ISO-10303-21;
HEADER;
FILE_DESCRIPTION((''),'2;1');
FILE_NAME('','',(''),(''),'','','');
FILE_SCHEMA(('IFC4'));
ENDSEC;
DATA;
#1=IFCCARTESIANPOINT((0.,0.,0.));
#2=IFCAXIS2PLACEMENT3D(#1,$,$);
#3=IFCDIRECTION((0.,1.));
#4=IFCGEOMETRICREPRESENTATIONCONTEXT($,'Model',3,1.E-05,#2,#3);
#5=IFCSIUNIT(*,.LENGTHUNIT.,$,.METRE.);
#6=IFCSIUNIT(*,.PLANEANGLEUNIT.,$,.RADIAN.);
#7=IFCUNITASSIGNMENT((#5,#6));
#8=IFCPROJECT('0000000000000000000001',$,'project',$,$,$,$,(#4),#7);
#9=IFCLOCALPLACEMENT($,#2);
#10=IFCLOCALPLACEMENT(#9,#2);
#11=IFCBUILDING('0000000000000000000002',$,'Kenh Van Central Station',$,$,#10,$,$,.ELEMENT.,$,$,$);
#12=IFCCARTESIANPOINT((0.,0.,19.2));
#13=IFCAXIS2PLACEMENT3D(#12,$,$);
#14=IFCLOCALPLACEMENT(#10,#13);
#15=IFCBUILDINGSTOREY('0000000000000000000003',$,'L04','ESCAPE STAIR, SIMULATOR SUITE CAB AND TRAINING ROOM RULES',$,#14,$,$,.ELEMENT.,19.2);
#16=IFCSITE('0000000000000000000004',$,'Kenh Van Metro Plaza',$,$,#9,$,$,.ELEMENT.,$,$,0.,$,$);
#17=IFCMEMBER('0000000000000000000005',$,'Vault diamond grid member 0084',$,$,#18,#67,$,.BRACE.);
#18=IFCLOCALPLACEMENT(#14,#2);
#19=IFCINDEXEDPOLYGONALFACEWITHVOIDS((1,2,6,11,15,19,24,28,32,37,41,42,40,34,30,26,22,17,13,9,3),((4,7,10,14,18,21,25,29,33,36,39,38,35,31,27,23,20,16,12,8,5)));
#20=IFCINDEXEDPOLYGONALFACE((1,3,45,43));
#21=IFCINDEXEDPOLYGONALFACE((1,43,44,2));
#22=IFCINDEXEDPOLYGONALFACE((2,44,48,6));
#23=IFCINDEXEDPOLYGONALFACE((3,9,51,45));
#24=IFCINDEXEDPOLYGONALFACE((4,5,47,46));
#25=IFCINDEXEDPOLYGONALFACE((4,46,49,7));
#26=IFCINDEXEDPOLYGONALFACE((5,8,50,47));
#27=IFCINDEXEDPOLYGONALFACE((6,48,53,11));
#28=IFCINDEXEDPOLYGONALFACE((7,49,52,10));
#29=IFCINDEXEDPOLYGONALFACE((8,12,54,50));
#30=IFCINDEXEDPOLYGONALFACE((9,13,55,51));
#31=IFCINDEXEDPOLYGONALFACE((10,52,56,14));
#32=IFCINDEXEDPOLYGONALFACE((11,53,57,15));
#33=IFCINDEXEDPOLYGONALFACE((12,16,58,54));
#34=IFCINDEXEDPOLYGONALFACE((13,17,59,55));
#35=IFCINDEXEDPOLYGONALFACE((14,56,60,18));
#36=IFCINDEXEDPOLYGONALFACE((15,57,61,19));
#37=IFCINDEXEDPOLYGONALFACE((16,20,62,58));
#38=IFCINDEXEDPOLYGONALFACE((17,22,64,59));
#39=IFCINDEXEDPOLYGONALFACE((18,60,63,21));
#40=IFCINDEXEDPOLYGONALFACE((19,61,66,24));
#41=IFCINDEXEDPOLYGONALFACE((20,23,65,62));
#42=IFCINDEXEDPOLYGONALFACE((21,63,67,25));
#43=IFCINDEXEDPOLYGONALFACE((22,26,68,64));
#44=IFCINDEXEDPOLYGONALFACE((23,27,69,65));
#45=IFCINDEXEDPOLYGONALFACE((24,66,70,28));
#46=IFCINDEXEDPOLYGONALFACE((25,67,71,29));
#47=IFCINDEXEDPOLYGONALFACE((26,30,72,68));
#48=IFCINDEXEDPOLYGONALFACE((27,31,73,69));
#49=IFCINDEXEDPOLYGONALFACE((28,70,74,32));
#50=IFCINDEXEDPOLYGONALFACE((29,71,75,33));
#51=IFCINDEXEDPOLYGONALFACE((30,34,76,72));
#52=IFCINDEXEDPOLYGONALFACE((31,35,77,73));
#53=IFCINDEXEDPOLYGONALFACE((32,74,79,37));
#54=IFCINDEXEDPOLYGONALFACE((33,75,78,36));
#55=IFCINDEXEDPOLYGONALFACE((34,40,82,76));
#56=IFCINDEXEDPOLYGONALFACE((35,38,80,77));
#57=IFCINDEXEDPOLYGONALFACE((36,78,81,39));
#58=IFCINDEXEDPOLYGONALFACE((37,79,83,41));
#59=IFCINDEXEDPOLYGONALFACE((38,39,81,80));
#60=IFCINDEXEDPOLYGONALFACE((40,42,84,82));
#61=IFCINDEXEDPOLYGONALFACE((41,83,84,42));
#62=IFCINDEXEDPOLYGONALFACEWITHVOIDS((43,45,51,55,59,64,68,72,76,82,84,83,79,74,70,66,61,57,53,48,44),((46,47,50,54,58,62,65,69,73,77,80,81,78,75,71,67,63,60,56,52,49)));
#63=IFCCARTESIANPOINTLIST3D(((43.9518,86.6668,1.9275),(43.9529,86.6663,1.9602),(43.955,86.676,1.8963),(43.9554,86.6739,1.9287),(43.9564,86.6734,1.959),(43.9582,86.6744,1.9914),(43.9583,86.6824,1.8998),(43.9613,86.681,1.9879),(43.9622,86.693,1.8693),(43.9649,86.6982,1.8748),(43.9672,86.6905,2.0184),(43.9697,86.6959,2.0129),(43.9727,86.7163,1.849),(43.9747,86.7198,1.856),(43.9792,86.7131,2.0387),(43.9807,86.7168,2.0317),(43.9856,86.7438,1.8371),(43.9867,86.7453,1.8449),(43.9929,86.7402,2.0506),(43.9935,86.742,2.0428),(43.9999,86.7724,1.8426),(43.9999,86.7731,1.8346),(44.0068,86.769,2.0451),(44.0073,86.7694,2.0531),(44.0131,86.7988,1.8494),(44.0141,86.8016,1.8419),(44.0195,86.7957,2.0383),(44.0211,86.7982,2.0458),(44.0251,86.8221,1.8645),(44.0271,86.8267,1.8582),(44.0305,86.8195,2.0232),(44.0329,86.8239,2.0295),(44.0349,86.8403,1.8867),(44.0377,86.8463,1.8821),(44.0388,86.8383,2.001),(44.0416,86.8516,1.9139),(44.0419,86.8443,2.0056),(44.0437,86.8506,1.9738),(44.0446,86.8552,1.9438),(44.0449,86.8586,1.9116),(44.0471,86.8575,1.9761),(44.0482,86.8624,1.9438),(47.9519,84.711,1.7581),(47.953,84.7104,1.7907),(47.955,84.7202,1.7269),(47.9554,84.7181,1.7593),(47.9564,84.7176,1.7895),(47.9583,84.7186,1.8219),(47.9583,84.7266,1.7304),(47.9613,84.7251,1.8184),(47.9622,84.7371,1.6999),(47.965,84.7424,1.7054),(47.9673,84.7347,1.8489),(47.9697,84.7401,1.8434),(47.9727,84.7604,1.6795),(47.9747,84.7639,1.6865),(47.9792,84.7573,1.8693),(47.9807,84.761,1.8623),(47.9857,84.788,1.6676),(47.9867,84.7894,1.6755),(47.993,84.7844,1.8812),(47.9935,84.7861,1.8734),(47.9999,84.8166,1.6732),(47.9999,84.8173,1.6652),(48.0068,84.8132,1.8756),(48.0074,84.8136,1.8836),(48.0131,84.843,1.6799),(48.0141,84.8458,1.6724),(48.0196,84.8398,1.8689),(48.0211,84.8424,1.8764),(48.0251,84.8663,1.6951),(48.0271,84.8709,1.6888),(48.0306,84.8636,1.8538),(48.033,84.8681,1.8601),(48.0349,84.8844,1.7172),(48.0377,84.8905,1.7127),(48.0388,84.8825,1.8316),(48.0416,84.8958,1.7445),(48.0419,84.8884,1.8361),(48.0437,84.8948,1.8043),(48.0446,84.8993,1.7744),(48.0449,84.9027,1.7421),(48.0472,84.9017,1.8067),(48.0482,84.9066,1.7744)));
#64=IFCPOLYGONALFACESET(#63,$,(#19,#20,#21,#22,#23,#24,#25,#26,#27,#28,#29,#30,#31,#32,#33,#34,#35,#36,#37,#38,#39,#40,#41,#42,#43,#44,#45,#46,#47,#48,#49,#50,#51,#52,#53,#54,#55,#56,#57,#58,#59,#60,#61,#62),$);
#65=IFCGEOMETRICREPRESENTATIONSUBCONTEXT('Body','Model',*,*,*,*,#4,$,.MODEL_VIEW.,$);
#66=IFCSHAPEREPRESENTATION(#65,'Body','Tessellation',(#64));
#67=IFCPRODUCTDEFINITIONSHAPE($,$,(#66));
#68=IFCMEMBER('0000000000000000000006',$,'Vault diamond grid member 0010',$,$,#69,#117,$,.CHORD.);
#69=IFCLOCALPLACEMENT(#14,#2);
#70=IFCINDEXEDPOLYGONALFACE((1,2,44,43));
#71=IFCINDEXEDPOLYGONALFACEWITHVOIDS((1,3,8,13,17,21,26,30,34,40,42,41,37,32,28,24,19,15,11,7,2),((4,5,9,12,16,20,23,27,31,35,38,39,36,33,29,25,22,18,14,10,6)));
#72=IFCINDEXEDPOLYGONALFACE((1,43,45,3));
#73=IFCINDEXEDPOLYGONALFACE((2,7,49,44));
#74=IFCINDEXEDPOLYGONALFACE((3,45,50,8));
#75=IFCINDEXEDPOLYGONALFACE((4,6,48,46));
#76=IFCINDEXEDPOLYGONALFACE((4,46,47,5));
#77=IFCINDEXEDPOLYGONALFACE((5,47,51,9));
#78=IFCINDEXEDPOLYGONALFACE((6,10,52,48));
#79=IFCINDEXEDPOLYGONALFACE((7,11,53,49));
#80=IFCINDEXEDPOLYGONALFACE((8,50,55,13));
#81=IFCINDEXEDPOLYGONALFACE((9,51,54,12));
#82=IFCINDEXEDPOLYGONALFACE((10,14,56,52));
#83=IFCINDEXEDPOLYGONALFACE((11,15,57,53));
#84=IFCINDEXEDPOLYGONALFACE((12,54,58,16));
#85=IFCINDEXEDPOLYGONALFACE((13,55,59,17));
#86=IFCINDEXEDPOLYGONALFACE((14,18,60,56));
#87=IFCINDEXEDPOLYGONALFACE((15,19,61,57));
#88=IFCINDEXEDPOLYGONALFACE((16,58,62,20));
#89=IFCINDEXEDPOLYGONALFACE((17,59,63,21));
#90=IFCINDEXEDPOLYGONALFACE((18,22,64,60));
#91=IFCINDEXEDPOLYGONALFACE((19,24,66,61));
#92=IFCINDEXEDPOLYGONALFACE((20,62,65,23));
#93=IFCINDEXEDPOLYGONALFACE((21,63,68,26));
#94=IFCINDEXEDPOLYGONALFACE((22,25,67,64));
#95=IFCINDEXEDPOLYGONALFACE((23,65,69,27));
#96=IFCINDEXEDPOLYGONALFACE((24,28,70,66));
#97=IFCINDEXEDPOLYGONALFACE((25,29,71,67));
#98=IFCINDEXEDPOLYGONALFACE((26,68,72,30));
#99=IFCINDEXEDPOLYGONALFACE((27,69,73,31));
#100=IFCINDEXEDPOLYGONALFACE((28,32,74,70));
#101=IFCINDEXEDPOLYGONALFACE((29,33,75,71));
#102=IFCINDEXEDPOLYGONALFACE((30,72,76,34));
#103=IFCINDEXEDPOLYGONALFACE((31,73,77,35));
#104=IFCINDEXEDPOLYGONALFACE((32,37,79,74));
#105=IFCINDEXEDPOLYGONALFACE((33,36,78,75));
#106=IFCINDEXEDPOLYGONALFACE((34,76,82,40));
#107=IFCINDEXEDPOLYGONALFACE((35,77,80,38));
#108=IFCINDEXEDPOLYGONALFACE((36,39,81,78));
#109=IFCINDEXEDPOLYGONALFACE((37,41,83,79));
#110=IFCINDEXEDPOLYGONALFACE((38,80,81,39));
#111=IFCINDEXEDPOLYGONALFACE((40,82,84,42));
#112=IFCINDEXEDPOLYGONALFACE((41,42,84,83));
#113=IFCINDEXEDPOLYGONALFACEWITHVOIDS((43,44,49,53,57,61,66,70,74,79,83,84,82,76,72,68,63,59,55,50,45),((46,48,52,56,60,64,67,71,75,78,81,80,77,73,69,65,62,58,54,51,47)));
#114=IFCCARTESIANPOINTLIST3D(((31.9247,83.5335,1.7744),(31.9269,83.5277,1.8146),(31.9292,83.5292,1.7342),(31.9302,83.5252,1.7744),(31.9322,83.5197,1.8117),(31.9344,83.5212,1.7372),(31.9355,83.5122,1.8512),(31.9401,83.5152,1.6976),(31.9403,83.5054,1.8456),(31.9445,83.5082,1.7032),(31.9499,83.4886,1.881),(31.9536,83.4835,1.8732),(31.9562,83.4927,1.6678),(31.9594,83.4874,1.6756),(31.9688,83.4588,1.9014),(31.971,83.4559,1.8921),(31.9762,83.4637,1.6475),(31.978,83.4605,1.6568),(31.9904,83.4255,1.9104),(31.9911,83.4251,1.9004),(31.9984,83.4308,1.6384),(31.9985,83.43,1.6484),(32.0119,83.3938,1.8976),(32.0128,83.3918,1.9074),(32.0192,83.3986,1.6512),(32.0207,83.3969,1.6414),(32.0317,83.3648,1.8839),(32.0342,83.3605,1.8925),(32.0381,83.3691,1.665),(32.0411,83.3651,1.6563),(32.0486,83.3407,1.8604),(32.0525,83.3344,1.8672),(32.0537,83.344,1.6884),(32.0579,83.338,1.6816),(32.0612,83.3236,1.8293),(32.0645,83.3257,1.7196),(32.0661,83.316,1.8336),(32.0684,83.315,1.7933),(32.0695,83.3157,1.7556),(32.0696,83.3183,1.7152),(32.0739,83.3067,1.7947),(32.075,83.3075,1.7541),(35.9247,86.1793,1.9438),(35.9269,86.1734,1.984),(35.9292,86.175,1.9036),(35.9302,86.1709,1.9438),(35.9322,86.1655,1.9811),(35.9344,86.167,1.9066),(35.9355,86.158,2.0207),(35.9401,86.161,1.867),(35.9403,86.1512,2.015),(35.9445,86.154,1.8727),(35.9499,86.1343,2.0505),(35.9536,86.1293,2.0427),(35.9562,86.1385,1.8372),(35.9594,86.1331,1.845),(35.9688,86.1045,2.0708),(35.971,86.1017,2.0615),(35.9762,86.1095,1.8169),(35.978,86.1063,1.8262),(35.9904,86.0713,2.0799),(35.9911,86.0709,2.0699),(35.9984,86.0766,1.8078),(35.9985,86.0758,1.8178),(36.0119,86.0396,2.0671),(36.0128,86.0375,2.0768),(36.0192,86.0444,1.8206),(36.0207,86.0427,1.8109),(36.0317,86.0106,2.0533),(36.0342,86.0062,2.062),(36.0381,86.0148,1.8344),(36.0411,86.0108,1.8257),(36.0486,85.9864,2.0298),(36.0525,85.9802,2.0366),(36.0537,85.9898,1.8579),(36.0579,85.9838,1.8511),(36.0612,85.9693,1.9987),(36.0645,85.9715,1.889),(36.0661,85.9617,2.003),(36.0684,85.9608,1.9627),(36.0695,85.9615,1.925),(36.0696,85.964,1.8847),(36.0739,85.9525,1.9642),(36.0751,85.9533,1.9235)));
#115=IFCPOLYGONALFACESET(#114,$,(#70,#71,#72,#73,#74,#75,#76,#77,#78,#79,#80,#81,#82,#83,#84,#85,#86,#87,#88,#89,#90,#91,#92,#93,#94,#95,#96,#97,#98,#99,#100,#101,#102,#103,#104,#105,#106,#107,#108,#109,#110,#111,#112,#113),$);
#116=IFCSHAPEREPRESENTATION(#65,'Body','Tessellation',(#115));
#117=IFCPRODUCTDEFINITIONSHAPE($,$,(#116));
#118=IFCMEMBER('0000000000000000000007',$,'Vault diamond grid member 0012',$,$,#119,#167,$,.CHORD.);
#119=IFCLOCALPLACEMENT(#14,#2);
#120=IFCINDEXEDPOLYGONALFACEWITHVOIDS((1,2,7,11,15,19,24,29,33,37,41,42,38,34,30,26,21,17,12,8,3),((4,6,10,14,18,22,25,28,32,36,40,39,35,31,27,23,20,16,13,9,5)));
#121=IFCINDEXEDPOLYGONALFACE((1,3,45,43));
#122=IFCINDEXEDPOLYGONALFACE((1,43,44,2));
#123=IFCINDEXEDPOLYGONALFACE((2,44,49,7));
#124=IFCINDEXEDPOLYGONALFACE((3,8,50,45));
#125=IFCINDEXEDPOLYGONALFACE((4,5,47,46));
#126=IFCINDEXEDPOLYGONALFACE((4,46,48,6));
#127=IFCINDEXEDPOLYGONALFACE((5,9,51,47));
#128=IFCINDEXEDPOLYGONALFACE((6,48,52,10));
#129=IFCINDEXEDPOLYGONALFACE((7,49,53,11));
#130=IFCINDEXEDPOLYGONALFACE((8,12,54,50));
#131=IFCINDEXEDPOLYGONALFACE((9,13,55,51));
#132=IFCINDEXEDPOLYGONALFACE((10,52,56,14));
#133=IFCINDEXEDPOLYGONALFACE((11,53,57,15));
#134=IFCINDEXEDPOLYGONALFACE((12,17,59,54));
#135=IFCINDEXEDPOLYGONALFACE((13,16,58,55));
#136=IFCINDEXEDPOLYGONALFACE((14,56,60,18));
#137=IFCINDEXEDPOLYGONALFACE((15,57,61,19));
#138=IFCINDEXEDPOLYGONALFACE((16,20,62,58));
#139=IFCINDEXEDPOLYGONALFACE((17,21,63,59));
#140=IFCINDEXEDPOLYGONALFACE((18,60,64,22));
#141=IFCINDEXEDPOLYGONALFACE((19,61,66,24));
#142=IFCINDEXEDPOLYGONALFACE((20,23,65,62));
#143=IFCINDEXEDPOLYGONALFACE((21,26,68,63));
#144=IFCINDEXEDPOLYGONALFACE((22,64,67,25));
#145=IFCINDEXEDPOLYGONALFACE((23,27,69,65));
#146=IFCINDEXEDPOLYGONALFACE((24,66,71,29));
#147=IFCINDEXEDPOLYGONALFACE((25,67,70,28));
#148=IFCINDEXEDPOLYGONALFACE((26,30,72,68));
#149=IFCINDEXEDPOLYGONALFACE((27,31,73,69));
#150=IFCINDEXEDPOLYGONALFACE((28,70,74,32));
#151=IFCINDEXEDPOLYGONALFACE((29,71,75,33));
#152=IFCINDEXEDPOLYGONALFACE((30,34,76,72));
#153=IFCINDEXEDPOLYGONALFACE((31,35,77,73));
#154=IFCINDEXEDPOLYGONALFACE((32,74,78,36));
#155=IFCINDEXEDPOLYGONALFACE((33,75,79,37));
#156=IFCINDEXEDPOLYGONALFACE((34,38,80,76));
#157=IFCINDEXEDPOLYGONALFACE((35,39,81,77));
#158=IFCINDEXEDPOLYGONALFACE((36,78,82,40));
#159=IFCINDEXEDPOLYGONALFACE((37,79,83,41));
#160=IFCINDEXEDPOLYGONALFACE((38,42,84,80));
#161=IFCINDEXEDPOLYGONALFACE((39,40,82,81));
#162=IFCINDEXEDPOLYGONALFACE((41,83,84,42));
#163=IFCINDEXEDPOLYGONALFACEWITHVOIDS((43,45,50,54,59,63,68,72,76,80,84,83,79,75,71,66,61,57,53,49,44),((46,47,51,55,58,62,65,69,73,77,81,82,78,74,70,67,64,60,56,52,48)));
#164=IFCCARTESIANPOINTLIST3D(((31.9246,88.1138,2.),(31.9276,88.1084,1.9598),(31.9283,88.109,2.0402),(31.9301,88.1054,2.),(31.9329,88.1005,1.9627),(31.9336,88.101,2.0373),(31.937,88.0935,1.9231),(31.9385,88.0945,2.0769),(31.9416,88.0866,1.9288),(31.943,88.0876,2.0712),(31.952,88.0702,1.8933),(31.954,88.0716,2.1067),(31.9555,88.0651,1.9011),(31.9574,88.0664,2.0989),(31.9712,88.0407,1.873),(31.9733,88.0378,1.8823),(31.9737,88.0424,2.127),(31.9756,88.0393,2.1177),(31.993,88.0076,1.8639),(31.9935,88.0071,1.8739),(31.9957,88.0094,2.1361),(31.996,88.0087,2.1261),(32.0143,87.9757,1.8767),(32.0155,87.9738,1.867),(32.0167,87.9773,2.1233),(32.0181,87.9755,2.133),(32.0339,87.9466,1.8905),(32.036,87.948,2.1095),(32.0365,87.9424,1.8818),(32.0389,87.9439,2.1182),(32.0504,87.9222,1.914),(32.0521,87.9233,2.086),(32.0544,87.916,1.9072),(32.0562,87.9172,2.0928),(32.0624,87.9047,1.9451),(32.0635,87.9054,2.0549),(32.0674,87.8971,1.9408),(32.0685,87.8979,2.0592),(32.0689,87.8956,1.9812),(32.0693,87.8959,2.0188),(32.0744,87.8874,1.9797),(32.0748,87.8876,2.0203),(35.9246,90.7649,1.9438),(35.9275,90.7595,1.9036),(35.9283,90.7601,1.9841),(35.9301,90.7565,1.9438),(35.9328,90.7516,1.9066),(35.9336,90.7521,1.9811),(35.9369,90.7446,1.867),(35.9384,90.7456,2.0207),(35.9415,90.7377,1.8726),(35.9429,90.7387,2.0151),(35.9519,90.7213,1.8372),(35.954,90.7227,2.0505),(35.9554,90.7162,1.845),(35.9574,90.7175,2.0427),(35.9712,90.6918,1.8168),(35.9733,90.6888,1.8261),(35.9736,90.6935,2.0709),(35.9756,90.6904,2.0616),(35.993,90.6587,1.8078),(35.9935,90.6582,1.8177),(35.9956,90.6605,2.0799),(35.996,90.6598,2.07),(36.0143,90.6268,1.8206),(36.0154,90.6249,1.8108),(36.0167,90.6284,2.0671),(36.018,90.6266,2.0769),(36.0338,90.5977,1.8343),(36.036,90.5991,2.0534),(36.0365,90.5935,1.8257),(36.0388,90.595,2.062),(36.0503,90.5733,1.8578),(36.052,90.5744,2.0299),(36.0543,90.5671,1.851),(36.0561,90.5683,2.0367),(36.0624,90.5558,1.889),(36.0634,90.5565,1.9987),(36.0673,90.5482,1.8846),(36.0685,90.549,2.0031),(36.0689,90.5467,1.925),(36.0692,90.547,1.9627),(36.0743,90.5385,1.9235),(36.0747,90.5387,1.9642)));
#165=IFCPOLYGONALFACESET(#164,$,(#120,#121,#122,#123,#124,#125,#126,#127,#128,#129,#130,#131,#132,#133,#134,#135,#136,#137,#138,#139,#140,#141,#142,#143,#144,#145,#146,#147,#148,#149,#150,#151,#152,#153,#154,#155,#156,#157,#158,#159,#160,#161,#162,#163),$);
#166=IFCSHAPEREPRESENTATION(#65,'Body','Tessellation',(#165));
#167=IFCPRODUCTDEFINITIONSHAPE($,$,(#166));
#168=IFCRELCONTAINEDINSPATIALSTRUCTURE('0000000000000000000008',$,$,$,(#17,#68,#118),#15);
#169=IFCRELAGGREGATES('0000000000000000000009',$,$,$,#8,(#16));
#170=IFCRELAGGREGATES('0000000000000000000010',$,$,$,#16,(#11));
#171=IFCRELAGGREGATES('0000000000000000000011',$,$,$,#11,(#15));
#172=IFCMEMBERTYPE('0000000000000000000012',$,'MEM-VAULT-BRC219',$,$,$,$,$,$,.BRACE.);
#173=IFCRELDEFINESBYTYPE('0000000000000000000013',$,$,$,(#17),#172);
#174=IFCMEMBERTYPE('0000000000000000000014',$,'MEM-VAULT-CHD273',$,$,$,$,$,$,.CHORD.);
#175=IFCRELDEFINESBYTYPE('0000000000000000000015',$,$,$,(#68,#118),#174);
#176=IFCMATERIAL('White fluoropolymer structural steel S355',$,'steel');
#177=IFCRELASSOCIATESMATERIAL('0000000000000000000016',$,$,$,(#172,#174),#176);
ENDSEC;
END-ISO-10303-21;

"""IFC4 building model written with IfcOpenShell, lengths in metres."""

from ifc_helpers import new_model, si_unit, direction, frame, origin, origin_2d, place, context, subcontext, project, spatial, hollow_circle, extrude, material, material_profile, profile_set, type_object, element, save


model = new_model("IFC4")

# Units and contexts
model_context = context("Model", 3, precision=1e-05, world=origin(), true_north=direction((0.0, 1.0)))
body_context = subcontext(model_context, "Body", "Model", "MODEL_VIEW")
ifc_project = project(units=[si_unit("LENGTHUNIT", "METRE"), si_unit("PLANEANGLEUNIT", "RADIAN")], contexts=[model_context])

# Site, building, storey
site_placement = place(None, origin())
site = spatial("IfcSite", under=ifc_project, at=site_placement, Name="Kenh Van Metro Plaza", CompositionType="ELEMENT", RefElevation=0.0)
building_placement = place(site_placement, origin())
building = spatial("IfcBuilding", under=site, at=building_placement, Name="Kenh Van Central Station", CompositionType="ELEMENT")
storey_placement = place(building_placement, frame((0.0, 0.0, 19.2)))
storey = spatial("IfcBuildingStorey", under=building, at=storey_placement, Name="L04", Description="ESCAPE STAIR, SIMULATOR SUITE CAB AND TRAINING ROOM RULES", CompositionType="ELEMENT", Elevation=19.2)

# Shared definitions
ifc_material_1 = material(Name="White fluoropolymer structural steel S355", Category="steel")

# Members
ifc_material_profile_1 = material_profile(ifc_material_1, hollow_circle(Radius=0.1096, WallThickness=0.0081, at=origin_2d()), Name="CHS 219.1x8")
ifc_profile_set_1 = profile_set([ifc_material_profile_1], Name="White fluoropolymer structural steel S355")
member_type_1 = type_object("IfcMemberType", Name="MEM-VAULT-BRC219", PredefinedType="BRACE", material=ifc_profile_set_1)
member_1_placement = place(storey_placement, frame((44.0, 86.7639, 1.9438), z_axis=(0.897712, -0.438939, -0.038026), x_axis=(0.439256, 0.898362, 0.0)))
element("IfcMember", 1, at=member_1_placement, inside=storey, type_object=member_type_1, Name="Vault diamond grid member 0084", PredefinedType="BRACE", context=body_context, shape_type="SweptSolid", body=[
    extrude(hollow_circle(Radius=0.1096, WallThickness=0.0081, at=origin_2d()), origin(), (0.0, 0.0, 1.0), 4.4558),
])
ifc_material_profile_2 = material_profile(ifc_material_1, hollow_circle(Radius=0.1365, WallThickness=0.01, at=origin_2d()), Name="CHS 273x10")
ifc_profile_set_2 = profile_set([ifc_material_profile_2], Name="White fluoropolymer structural steel S355")
member_type_2 = type_object("IfcMemberType", Name="MEM-VAULT-CHD273", PredefinedType="CHORD", material=ifc_profile_set_2)
member_2_placement = place(storey_placement, frame((32.0, 83.4197, 1.7744), z_axis=(0.833538, 0.551333, 0.035307), x_axis=(-0.551677, 0.834058, 0.0)))
element("IfcMember", 2, at=member_2_placement, inside=storey, type_object=member_type_2, Name="Vault diamond grid member 0010", PredefinedType="CHORD", context=body_context, shape_type="SweptSolid", body=[
    extrude(hollow_circle(Radius=0.1365, WallThickness=0.01, at=origin_2d()), origin(), (0.0, 0.0, 1.0), 4.7988),
])
member_3_placement = place(storey_placement, frame((32.0, 88.0, 2.0), z_axis=(0.833485, 0.552418, -0.011701), x_axis=(-0.552456, 0.833542, 0.0)))
element("IfcMember", 3, at=member_3_placement, inside=storey, type_object=member_type_2, Name="Vault diamond grid member 0012", PredefinedType="CHORD", context=body_context, shape_type="SweptSolid", body=[
    extrude(hollow_circle(Radius=0.1365, WallThickness=0.01, at=origin_2d()), origin(), (0.0, 0.0, 1.0), 4.7991),
])

save(model, "model.ifc")
